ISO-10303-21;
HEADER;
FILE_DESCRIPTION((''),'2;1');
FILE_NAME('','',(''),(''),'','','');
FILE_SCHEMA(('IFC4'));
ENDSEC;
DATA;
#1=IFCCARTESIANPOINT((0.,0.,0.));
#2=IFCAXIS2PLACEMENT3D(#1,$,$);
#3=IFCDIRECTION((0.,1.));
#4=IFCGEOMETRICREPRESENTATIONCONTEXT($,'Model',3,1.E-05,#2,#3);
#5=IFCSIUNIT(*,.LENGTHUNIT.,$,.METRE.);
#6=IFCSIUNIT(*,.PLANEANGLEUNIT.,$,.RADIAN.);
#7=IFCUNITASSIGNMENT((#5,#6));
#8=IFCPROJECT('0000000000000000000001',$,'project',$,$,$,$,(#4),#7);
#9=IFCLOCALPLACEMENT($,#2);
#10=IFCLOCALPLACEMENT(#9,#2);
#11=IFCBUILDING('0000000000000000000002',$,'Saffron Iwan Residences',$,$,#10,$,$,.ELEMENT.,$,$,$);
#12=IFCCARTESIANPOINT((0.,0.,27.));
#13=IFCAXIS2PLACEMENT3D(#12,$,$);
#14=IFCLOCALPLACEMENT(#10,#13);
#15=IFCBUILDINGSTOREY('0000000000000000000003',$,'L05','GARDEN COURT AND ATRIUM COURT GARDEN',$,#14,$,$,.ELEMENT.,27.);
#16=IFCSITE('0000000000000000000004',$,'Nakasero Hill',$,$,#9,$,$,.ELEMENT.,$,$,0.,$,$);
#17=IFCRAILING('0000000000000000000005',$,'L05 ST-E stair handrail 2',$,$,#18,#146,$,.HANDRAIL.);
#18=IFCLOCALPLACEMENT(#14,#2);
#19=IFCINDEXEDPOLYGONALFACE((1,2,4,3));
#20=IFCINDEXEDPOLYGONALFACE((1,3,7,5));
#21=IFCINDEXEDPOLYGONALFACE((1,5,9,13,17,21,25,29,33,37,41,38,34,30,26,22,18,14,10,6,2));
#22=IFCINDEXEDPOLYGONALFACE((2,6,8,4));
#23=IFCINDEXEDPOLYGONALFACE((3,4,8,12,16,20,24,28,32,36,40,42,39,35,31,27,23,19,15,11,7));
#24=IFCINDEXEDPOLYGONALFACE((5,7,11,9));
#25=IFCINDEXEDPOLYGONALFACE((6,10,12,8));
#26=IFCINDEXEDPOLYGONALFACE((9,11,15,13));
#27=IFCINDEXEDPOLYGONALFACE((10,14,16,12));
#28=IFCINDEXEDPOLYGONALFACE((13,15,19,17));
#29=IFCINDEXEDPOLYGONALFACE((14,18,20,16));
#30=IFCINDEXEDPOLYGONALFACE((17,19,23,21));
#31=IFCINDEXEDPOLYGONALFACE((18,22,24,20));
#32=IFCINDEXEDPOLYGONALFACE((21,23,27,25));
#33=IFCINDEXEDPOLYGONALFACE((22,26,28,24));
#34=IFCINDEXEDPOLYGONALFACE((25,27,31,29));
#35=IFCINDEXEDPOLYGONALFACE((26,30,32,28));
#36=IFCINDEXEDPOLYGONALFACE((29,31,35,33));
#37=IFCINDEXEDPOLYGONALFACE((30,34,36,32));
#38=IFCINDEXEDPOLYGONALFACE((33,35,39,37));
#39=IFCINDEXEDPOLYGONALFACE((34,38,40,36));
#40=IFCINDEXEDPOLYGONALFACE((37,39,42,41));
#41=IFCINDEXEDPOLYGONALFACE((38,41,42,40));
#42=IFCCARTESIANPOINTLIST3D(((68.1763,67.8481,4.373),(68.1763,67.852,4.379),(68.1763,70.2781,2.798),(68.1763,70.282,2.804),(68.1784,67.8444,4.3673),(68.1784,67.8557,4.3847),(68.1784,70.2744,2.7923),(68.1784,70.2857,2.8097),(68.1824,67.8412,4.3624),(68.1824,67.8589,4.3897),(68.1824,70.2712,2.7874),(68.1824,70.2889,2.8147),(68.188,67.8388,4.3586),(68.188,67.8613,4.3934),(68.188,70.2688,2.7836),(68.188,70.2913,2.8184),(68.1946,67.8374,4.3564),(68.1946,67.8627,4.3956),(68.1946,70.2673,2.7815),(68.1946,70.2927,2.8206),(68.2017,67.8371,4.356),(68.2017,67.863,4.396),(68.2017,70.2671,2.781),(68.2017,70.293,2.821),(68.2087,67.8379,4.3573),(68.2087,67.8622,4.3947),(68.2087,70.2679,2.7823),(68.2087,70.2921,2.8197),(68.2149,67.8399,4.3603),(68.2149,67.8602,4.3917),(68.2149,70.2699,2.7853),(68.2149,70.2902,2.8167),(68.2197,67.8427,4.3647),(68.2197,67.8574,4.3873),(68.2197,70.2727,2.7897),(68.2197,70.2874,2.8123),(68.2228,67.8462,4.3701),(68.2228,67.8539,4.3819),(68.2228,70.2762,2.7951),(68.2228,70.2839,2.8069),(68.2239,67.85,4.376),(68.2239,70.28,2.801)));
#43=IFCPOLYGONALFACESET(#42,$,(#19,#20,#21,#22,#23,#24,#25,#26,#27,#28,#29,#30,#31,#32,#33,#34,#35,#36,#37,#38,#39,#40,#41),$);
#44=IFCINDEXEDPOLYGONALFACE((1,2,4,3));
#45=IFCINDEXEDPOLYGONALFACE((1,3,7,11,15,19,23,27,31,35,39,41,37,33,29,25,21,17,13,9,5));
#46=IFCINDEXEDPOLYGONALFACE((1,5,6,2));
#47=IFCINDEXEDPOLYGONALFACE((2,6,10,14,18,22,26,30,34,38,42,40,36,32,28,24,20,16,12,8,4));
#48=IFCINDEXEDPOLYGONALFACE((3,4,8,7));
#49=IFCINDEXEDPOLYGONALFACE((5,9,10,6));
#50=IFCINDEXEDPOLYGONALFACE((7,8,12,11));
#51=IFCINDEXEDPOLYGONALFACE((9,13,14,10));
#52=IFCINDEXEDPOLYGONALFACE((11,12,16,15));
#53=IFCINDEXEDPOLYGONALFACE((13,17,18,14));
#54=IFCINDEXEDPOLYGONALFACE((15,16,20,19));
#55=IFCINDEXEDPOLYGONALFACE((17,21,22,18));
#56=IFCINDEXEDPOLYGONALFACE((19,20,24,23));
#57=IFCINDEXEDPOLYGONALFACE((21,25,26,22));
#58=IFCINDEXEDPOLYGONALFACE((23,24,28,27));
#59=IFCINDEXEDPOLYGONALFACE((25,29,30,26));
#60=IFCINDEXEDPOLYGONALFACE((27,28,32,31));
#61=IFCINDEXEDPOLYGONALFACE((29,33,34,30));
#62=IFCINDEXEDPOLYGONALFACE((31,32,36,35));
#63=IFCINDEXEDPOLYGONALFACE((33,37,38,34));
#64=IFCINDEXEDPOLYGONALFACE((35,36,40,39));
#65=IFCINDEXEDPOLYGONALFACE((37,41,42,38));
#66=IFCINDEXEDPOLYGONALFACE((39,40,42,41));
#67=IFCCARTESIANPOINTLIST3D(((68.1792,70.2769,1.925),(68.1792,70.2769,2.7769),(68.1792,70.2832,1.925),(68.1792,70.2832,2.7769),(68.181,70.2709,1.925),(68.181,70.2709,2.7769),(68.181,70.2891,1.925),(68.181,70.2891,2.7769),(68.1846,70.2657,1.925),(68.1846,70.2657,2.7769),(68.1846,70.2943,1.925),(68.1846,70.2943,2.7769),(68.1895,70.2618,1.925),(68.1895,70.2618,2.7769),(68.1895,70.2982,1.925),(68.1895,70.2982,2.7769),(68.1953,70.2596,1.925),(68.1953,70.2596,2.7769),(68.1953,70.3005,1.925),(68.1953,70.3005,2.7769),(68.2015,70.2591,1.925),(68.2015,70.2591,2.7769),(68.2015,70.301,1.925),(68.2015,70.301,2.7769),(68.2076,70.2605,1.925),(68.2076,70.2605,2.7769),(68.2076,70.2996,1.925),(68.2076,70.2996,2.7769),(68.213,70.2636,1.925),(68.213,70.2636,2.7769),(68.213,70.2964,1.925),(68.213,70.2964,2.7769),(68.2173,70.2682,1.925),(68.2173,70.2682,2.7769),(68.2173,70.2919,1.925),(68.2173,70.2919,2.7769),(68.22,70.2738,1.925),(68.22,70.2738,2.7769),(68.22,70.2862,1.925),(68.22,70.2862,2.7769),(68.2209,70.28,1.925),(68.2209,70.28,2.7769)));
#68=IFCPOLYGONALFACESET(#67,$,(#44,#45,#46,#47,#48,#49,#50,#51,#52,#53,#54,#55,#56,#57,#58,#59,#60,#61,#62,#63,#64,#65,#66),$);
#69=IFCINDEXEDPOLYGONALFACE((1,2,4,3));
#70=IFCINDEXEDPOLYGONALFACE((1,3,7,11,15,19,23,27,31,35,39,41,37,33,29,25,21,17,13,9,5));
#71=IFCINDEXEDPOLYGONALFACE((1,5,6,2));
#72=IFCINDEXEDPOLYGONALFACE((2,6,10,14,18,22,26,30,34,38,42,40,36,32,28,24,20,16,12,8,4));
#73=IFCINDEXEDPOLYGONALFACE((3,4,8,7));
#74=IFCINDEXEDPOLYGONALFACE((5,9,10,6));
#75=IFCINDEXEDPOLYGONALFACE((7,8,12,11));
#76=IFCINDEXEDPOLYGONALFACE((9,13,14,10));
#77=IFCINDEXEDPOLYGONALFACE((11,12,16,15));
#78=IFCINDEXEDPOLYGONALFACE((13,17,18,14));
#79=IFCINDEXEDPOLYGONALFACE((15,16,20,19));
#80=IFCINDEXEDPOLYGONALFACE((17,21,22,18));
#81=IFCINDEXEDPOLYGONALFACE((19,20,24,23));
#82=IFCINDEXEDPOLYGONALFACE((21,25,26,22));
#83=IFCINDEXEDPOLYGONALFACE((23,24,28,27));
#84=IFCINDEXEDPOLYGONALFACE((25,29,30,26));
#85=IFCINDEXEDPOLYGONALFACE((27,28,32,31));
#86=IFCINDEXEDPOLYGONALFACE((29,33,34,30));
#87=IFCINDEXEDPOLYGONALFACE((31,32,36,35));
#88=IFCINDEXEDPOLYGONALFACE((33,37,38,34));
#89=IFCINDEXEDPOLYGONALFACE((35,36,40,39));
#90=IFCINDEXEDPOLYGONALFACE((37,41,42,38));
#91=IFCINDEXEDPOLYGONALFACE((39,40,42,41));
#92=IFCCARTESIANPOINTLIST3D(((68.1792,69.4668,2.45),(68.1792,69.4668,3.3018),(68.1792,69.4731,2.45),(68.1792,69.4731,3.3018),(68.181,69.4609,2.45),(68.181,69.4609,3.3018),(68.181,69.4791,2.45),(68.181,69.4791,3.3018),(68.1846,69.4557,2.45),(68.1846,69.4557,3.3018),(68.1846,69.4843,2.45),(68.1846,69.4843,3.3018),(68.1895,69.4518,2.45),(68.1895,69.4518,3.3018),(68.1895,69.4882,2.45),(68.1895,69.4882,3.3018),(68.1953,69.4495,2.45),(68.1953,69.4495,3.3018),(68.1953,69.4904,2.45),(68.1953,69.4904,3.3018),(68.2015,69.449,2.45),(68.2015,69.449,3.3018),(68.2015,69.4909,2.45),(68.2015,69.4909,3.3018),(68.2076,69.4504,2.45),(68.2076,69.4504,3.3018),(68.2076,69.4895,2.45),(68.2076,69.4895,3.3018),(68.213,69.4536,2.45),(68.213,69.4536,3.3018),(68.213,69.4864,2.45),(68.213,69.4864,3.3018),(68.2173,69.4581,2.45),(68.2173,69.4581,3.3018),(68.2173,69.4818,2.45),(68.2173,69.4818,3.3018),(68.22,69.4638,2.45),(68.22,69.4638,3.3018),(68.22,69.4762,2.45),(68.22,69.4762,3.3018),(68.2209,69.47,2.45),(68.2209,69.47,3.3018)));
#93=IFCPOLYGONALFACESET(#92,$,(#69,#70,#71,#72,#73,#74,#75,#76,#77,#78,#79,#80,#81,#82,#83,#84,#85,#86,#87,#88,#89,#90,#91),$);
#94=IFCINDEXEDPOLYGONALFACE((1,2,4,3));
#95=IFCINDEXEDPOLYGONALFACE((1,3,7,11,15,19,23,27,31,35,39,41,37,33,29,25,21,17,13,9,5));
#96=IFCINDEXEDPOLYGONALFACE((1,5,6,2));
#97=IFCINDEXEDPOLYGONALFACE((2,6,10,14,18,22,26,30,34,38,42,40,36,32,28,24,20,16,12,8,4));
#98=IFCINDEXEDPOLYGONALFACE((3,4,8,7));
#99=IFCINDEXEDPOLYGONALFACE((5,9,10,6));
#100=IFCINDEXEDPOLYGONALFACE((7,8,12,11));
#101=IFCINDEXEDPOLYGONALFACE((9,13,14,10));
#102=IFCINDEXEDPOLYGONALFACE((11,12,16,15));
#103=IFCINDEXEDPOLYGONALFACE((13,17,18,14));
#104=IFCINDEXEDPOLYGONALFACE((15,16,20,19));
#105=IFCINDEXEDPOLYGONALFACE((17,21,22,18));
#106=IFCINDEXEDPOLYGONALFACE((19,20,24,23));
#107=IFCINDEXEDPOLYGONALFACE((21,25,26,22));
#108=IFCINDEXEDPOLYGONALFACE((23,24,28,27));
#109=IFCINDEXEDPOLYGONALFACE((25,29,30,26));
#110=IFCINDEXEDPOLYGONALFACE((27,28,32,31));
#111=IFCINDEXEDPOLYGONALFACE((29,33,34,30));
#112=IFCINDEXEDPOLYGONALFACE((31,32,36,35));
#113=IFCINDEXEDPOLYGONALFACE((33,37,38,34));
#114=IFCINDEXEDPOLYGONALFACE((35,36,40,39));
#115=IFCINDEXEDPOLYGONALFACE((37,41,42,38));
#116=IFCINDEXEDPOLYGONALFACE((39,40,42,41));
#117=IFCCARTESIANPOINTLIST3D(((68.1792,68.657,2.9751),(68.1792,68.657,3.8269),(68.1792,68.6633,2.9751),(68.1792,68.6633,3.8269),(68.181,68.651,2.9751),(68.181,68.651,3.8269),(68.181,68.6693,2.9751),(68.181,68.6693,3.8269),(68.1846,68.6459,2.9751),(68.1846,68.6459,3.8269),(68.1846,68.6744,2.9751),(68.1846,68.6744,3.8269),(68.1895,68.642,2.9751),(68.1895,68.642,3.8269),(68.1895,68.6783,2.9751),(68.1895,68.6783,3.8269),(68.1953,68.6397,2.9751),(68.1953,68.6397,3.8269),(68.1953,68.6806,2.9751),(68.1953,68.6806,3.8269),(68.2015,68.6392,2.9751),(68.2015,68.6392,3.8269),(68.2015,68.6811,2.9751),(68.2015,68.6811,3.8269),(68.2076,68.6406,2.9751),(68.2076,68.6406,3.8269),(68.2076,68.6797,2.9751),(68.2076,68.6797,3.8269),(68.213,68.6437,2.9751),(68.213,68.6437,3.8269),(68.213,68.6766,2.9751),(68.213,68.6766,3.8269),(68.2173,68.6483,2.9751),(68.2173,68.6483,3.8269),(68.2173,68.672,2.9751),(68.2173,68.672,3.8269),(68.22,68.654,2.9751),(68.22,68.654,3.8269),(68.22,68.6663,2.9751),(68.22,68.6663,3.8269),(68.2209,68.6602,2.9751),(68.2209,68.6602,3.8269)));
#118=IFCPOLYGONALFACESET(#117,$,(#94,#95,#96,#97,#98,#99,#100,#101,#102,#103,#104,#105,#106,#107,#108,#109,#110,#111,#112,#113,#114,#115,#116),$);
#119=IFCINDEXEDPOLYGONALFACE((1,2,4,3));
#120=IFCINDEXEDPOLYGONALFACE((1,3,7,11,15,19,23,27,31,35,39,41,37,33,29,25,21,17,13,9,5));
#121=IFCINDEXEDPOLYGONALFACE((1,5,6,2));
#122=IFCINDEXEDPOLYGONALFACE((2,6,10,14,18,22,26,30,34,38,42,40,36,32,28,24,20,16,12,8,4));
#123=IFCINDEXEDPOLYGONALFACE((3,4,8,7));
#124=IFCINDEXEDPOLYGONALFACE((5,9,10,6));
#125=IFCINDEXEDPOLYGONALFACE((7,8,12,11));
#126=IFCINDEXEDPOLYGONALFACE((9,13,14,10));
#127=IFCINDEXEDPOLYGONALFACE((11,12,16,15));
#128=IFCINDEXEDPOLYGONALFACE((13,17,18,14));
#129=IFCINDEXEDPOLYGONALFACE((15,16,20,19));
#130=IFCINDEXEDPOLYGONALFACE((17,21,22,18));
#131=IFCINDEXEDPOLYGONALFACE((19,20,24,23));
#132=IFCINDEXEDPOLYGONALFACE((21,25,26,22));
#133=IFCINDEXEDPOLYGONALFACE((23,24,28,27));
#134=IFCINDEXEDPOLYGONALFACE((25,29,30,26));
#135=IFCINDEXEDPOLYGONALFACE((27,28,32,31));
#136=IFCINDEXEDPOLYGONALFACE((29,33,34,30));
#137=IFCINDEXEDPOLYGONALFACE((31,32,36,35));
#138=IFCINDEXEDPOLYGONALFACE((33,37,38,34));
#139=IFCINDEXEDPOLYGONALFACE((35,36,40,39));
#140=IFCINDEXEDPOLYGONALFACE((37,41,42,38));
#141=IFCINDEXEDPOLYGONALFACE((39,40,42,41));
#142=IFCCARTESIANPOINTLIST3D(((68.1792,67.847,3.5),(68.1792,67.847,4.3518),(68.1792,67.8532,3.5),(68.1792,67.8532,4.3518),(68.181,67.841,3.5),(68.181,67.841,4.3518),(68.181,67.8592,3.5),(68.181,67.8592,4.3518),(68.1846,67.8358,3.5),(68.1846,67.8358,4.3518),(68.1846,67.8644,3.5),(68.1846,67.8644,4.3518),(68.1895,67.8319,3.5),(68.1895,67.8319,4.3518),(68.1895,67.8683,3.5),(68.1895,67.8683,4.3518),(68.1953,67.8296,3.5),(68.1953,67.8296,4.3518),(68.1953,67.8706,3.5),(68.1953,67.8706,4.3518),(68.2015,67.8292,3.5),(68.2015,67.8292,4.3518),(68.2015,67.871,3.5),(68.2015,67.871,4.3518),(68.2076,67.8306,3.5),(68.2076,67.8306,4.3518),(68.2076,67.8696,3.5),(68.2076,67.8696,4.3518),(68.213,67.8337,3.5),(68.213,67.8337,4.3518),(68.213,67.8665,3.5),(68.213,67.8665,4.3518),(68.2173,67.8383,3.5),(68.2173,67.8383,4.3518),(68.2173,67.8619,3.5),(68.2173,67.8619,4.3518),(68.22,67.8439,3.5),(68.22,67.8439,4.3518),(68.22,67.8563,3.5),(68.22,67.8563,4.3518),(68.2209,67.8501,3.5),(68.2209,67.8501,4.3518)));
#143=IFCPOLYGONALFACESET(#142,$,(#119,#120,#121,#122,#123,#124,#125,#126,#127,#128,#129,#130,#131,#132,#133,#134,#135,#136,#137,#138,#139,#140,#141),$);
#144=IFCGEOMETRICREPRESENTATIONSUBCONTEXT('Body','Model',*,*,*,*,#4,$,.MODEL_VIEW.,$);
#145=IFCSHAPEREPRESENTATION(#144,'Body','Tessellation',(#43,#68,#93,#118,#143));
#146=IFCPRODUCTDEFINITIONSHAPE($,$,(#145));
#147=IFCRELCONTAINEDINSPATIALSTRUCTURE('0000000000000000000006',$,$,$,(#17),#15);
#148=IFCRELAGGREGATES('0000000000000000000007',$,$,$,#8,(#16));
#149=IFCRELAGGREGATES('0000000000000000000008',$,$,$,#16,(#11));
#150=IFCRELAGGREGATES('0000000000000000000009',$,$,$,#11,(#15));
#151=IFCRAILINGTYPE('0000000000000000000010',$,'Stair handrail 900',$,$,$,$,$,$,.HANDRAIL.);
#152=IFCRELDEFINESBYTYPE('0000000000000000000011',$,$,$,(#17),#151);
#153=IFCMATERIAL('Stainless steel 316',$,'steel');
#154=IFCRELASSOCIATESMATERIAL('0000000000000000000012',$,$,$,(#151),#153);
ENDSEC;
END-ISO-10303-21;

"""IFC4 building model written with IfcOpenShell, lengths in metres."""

from ifc_helpers import new_model, si_unit, direction, frame, origin, origin_2d, place, context, subcontext, project, spatial, circle, extrude, material, type_object, element, save


model = new_model("IFC4")

# Units and contexts
model_context = context("Model", 3, precision=1e-05, world=origin(), true_north=direction((0.0, 1.0)))
body_context = subcontext(model_context, "Body", "Model", "MODEL_VIEW")
ifc_project = project(units=[si_unit("LENGTHUNIT", "METRE"), si_unit("PLANEANGLEUNIT", "RADIAN")], contexts=[model_context])

# Site, building, storey
site_placement = place(None, origin())
site = spatial("IfcSite", under=ifc_project, at=site_placement, Name="Nakasero Hill", CompositionType="ELEMENT", RefElevation=0.0)
building_placement = place(site_placement, origin())
building = spatial("IfcBuilding", under=site, at=building_placement, Name="Saffron Iwan Residences", CompositionType="ELEMENT")
storey_placement = place(building_placement, frame((0.0, 0.0, 27.0)))
storey = spatial("IfcBuildingStorey", under=building, at=storey_placement, Name="L05", Description="GARDEN COURT AND ATRIUM COURT GARDEN", CompositionType="ELEMENT", Elevation=27.0)

# Railing
ifc_material_1 = material(Name="Stainless steel 316", Category="steel")
railing_type_1 = type_object("IfcRailingType", Name="Stair handrail 900", PredefinedType="HANDRAIL", material=ifc_material_1)
railing_1_placement = place(storey_placement, frame((68.2, 70.28, 1.925)))
element("IfcRailing", 1, at=railing_1_placement, inside=storey, type_object=railing_type_1, Name="L05 ST-E stair handrail 2", PredefinedType="HANDRAIL", context=body_context, shape_type="SweptSolid", body=[
    extrude(circle(Radius=0.0239, at=origin_2d()), frame((0.0, 0.0, 0.876), z_axis=(0.0, -0.839154, 0.543894), x_axis=(1.0, 0.0, 0.0)), (0.0, 0.0, 1.0), 2.8958),
    extrude(circle(Radius=0.021, at=origin_2d()), origin(), (0.0, 0.0, 1.0), 0.8518),
    extrude(circle(Radius=0.021, at=origin_2d()), frame((0.0, -0.8101, 0.5249)), (0.0, 0.0, 1.0), 0.8518),
    extrude(circle(Radius=0.021, at=origin_2d()), frame((0.0, -1.6199, 1.05)), (0.0, 0.0, 1.0), 0.8518),
    extrude(circle(Radius=0.021, at=origin_2d()), frame((0.0, -2.4299, 1.575)), (0.0, 0.0, 1.0), 0.8518),
])

save(model, "model.ifc")
